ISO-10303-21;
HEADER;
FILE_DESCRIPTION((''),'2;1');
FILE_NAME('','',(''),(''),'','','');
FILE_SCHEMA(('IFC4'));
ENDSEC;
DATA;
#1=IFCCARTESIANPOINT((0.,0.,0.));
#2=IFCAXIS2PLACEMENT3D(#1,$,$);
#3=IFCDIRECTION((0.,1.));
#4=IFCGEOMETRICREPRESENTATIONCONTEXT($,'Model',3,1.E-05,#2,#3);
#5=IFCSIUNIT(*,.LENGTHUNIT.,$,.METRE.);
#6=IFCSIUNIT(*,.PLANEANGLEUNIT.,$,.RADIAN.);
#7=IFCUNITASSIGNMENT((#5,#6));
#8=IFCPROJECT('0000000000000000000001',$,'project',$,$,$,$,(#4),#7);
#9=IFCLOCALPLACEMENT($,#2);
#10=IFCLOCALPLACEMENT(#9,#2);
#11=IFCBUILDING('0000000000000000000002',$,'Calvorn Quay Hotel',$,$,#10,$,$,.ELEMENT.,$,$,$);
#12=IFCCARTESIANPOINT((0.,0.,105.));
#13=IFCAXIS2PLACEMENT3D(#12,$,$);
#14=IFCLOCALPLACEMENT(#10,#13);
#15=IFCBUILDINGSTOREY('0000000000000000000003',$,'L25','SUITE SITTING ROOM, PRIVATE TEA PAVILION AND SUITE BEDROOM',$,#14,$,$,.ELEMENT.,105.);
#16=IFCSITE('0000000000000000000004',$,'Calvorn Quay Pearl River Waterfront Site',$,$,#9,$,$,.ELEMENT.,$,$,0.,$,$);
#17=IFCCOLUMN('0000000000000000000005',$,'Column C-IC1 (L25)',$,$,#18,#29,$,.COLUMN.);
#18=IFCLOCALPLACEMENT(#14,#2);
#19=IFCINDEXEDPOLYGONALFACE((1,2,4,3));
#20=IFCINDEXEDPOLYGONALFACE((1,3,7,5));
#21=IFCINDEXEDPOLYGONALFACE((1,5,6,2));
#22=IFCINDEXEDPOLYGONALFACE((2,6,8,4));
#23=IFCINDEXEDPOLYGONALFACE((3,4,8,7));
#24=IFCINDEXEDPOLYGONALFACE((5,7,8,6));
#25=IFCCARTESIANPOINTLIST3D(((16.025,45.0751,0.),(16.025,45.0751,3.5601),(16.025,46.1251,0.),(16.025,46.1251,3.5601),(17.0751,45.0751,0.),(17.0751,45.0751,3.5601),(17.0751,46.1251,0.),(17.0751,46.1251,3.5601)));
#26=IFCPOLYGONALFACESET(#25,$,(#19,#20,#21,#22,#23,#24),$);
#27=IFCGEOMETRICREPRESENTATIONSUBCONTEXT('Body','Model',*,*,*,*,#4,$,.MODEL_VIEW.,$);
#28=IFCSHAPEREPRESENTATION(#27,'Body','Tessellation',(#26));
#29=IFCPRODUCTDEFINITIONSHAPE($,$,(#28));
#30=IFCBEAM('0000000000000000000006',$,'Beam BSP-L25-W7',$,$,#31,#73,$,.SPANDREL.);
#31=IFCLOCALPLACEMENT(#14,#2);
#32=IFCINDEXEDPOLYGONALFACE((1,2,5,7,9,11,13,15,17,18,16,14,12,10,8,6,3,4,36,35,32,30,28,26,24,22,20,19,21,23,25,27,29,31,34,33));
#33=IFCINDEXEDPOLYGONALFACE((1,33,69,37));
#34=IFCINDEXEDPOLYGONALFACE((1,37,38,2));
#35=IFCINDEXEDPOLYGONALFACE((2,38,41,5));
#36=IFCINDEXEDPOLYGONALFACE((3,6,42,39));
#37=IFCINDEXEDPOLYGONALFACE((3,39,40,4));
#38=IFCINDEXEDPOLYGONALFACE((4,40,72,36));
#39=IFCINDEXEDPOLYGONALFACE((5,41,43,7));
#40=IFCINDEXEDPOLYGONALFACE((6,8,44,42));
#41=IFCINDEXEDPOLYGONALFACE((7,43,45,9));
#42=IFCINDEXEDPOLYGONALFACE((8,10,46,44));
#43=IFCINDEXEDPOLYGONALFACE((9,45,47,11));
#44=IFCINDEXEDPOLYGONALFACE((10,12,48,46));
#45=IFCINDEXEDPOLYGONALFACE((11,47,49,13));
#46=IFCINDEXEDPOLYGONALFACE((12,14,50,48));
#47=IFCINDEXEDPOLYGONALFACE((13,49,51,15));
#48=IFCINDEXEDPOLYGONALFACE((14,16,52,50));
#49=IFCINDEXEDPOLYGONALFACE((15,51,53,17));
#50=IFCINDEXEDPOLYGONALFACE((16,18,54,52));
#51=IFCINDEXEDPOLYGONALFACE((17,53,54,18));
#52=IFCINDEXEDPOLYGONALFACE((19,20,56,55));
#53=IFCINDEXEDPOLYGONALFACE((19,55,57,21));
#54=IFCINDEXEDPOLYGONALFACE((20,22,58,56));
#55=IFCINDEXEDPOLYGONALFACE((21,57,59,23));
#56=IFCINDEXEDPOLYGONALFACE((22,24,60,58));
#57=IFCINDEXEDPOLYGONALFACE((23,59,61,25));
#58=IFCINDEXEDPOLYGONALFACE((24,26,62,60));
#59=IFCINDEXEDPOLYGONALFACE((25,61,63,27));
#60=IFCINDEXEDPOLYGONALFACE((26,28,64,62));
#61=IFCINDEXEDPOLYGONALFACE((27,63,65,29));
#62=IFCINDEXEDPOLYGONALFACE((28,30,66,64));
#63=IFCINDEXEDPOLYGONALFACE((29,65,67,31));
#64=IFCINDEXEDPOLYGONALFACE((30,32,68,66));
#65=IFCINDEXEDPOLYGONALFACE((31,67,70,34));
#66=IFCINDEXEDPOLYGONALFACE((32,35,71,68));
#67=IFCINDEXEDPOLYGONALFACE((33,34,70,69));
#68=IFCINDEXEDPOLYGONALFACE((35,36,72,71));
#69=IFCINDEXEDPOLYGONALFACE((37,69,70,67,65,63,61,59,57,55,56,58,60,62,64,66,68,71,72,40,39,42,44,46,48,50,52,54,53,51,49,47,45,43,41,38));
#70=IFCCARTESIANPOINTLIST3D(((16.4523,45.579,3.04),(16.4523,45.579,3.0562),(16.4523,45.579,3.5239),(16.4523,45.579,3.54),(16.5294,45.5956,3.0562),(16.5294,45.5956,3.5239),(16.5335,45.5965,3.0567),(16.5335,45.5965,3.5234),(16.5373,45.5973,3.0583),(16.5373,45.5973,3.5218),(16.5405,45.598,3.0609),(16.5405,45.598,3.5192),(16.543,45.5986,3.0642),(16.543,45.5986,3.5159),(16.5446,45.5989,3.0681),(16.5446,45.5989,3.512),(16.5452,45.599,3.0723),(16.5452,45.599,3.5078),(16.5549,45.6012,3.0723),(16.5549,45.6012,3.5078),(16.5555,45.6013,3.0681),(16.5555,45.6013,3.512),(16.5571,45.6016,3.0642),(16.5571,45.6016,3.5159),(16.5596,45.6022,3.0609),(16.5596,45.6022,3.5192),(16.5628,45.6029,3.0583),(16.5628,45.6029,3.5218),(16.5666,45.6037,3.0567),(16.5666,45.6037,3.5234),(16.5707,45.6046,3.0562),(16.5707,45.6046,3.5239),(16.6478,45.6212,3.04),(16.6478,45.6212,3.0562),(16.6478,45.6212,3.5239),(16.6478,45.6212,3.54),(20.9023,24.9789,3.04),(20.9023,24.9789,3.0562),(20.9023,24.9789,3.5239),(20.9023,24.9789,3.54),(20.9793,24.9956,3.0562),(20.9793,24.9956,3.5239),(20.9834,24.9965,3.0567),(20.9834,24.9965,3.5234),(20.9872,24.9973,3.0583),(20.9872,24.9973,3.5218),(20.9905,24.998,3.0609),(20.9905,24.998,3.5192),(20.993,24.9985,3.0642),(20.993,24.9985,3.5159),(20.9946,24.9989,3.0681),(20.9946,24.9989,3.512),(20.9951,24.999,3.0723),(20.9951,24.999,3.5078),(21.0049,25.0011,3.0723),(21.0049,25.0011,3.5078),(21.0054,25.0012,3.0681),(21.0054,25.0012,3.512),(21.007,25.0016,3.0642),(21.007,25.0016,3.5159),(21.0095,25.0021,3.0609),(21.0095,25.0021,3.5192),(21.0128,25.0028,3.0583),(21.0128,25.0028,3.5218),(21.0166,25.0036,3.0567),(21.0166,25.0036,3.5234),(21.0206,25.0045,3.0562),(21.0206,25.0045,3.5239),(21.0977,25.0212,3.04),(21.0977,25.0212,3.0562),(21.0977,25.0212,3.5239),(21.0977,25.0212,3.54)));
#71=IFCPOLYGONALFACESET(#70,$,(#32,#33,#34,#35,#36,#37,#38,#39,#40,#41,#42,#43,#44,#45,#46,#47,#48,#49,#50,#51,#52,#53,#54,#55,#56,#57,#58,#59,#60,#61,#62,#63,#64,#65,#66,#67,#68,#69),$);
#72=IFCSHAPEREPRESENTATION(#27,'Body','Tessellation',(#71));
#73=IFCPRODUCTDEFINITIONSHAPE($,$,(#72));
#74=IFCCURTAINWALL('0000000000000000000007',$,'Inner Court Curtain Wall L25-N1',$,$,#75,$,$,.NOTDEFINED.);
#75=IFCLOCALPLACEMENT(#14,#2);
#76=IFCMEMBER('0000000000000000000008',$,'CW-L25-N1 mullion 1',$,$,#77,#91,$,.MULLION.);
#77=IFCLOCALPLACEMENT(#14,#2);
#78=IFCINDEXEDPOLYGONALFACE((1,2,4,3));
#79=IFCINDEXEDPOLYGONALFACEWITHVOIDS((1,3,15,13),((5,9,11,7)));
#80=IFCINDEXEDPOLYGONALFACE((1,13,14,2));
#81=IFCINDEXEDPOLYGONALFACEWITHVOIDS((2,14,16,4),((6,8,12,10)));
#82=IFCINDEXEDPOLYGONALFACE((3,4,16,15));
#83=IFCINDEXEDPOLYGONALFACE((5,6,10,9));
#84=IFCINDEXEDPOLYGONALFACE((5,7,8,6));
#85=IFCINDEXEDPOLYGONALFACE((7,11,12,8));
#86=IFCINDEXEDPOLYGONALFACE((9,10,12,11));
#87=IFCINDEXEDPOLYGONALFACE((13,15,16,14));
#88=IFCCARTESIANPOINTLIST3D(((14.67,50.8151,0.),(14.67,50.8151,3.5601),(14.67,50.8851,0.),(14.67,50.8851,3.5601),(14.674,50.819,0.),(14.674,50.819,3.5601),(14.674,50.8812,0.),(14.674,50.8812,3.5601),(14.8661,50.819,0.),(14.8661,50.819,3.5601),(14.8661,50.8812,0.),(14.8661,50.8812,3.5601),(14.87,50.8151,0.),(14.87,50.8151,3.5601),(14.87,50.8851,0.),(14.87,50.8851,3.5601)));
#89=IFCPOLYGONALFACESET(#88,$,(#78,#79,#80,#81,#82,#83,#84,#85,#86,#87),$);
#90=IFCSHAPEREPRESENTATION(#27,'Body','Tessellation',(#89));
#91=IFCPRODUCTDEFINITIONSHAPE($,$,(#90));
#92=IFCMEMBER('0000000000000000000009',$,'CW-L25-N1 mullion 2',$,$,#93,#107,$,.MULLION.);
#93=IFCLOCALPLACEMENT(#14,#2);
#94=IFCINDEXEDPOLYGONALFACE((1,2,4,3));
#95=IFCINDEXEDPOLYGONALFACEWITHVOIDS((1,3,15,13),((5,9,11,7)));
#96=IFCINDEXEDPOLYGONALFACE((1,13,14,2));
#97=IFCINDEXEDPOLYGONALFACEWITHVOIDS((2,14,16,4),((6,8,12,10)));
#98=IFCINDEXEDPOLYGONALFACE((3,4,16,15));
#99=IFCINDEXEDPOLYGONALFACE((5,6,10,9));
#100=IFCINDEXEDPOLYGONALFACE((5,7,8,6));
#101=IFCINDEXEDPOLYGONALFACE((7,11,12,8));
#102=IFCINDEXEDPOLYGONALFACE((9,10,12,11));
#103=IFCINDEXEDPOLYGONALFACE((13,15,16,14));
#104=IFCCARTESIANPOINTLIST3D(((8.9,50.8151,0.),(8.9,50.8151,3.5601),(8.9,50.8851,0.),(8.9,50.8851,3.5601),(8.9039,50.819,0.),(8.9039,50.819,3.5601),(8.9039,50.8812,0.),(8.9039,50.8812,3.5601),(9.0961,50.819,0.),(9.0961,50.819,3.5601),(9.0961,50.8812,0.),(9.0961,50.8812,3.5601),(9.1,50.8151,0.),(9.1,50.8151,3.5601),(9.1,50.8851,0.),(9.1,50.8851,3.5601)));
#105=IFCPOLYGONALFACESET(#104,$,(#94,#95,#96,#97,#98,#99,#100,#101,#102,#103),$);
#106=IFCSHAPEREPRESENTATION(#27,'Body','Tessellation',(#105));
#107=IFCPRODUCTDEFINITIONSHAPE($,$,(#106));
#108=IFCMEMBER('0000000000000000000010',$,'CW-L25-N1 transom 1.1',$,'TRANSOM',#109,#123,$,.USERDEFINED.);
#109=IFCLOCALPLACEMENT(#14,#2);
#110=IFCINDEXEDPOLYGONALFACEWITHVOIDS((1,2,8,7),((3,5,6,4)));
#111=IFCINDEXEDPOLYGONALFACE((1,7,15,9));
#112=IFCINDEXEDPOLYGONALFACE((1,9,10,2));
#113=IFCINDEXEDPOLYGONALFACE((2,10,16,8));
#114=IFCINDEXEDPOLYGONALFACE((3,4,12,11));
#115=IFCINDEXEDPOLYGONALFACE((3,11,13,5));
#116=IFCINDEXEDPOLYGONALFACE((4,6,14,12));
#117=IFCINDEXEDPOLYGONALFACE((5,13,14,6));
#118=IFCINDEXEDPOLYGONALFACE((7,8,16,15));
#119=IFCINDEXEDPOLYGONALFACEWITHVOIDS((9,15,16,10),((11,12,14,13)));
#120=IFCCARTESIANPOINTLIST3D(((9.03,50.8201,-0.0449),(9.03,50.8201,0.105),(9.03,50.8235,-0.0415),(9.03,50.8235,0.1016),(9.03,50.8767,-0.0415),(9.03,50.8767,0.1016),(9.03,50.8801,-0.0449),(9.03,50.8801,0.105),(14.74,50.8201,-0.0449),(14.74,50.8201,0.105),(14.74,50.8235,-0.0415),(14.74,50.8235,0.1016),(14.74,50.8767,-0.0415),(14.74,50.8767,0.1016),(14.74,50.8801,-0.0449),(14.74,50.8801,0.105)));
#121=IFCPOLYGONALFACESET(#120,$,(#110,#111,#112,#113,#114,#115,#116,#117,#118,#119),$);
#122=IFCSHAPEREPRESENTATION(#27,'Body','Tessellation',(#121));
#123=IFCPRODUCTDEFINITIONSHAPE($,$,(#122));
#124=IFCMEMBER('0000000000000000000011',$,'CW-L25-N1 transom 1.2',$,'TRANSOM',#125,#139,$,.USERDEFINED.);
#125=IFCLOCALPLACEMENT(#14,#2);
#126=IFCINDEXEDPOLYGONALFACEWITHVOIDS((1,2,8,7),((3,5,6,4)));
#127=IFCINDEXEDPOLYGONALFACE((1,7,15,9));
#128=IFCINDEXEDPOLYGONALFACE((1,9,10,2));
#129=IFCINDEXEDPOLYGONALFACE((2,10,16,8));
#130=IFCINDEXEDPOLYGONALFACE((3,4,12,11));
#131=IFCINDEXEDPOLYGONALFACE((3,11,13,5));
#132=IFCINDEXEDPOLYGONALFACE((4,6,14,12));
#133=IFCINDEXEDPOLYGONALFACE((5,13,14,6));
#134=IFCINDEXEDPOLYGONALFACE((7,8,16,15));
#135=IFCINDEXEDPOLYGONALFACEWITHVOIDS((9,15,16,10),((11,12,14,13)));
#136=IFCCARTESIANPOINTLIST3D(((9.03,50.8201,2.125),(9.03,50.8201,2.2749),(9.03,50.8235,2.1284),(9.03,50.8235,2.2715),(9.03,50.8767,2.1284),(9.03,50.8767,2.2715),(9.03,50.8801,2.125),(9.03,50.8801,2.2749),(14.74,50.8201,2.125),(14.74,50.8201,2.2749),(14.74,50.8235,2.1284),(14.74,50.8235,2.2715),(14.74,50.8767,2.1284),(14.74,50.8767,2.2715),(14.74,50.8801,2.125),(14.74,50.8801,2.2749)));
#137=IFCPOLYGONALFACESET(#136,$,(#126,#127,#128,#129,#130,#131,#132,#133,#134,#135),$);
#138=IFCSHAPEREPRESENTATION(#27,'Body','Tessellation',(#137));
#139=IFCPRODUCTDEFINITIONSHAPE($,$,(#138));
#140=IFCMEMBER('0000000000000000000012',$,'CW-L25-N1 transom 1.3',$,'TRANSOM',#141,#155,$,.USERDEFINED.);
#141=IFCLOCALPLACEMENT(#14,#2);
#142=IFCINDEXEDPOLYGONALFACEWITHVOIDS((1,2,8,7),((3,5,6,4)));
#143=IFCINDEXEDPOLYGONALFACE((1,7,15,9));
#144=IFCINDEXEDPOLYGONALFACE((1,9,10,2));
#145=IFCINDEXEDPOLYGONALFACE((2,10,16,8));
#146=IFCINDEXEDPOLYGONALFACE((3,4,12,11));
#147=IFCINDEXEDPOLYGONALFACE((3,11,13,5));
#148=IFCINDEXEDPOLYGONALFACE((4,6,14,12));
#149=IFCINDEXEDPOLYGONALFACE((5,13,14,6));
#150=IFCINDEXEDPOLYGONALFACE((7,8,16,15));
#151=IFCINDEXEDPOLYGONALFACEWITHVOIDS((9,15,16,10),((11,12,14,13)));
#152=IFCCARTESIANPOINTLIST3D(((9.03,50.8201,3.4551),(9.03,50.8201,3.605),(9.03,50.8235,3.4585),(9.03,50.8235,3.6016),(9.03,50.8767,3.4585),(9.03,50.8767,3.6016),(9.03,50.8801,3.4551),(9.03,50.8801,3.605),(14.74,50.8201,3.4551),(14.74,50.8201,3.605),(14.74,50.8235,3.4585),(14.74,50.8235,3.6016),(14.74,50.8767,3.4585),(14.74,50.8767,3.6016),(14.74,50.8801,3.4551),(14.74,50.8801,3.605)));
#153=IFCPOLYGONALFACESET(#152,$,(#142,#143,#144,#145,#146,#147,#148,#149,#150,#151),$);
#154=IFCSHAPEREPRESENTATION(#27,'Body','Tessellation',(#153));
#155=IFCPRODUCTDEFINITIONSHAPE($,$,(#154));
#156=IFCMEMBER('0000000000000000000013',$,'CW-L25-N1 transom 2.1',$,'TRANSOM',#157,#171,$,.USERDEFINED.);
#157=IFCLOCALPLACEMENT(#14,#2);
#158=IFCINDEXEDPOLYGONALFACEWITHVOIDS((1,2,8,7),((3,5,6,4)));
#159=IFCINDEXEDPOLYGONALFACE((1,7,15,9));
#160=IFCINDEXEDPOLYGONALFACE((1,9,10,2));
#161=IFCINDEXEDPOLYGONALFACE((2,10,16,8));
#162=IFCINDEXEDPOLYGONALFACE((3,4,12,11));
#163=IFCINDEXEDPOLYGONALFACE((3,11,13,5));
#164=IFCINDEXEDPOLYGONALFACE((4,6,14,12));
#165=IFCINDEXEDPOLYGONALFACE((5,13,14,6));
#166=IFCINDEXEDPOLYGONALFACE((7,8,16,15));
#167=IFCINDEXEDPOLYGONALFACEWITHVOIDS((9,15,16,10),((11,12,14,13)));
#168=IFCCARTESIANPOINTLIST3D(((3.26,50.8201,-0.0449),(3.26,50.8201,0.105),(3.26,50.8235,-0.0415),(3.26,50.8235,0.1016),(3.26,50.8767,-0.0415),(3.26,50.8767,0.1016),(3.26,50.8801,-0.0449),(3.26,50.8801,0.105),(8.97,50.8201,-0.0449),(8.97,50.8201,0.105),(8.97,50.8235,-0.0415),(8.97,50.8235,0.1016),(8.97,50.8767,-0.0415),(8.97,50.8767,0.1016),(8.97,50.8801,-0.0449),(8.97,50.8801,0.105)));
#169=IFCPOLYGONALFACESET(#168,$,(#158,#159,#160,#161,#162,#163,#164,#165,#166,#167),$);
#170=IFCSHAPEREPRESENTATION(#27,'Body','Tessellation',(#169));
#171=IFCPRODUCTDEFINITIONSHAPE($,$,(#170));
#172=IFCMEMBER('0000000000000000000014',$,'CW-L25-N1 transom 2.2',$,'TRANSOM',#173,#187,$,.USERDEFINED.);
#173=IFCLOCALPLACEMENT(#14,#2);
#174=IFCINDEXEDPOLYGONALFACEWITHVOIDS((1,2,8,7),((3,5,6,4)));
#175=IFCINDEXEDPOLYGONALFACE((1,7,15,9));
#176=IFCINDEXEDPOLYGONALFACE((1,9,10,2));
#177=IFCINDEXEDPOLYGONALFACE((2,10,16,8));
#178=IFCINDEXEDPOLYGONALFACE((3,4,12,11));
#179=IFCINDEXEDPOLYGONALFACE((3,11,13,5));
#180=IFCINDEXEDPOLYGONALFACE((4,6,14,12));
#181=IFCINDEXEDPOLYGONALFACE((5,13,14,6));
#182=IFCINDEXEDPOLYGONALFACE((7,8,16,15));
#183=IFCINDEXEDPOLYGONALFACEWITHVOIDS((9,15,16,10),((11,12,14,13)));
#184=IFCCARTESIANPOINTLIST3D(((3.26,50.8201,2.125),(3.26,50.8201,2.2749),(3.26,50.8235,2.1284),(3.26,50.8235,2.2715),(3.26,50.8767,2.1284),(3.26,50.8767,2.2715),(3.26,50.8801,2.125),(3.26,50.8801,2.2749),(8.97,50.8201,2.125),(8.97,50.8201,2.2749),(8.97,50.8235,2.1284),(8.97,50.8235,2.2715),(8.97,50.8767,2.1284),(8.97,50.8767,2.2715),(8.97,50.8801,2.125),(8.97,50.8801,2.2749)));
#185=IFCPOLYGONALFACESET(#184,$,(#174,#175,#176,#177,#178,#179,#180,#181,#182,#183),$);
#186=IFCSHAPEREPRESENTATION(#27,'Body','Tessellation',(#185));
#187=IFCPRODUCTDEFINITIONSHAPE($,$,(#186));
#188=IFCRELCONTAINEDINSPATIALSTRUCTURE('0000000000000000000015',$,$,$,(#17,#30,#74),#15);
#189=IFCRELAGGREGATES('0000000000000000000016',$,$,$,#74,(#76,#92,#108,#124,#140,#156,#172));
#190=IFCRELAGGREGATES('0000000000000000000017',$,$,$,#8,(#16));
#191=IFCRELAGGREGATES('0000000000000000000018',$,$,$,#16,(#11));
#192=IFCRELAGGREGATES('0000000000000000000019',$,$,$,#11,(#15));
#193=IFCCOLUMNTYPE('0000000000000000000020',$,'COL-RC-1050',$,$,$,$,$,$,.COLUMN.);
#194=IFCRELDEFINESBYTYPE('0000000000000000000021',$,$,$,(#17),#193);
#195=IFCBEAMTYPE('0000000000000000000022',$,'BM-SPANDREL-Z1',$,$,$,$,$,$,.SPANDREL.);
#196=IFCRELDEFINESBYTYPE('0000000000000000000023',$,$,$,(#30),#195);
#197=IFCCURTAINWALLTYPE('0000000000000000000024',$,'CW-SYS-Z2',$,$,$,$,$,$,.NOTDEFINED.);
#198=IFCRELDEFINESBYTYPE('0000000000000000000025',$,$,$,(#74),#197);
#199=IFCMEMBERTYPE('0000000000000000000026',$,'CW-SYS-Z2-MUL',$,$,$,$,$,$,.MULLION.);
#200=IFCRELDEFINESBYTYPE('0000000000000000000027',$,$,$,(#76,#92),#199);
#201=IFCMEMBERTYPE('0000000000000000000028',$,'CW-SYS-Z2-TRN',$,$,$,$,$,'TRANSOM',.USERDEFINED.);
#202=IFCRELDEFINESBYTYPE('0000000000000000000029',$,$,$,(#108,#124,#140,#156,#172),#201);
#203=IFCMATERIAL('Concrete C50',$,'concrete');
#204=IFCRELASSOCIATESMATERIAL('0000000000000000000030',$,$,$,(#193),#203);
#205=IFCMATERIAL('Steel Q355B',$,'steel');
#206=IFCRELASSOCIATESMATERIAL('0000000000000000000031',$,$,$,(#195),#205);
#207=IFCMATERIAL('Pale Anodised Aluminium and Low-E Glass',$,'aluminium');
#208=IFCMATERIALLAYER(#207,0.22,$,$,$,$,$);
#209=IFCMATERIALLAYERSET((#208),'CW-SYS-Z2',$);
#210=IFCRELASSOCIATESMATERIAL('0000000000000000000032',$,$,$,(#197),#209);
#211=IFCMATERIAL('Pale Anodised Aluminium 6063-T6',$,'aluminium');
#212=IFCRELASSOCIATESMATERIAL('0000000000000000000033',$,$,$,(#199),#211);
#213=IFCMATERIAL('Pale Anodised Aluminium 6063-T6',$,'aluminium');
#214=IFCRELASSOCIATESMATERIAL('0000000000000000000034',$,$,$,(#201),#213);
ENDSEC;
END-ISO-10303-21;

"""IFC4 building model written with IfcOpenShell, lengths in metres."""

from ifc_helpers import new_model, si_unit, direction, frame, origin, origin_2d, place, context, subcontext, project, spatial, rectangle, hollow_rectangle, i_section, extrude, material, layer, layer_set, material_profile, profile_set, type_object, element, aggregate, save


model = new_model("IFC4")

# Units and contexts
model_context = context("Model", 3, precision=1e-05, world=origin(), true_north=direction((0.0, 1.0)))
body_context = subcontext(model_context, "Body", "Model", "MODEL_VIEW")
ifc_project = project(units=[si_unit("LENGTHUNIT", "METRE"), si_unit("PLANEANGLEUNIT", "RADIAN")], contexts=[model_context])

# Site, building, storey
site_placement = place(None, origin())
site = spatial("IfcSite", under=ifc_project, at=site_placement, Name="Calvorn Quay Pearl River Waterfront Site", CompositionType="ELEMENT", RefElevation=0.0)
building_placement = place(site_placement, origin())
building = spatial("IfcBuilding", under=site, at=building_placement, Name="Calvorn Quay Hotel", CompositionType="ELEMENT")
storey_placement = place(building_placement, frame((0.0, 0.0, 105.0)))
storey = spatial("IfcBuildingStorey", under=building, at=storey_placement, Name="L25", Description="SUITE SITTING ROOM, PRIVATE TEA PAVILION AND SUITE BEDROOM", CompositionType="ELEMENT", Elevation=105.0)

# Column
ifc_material_1 = material(Name="Concrete C50", Category="concrete")
ifc_material_profile_1 = material_profile(ifc_material_1, rectangle(XDim=1.05, YDim=1.05, at=origin_2d()), Name="RC1050x1050")
ifc_profile_set_1 = profile_set([ifc_material_profile_1], Name="Concrete C50")
column_type = type_object("IfcColumnType", Name="COL-RC-1050", PredefinedType="COLUMN", material=ifc_profile_set_1)
column_placement = place(storey_placement, frame((16.55, 45.6001, 0.0), z_axis=(0.0, 0.0, 1.0), x_axis=(1.0, 0.0, 0.0)))
element("IfcColumn", 1, at=column_placement, inside=storey, type_object=column_type, Name="Column C-IC1 (L25)", PredefinedType="COLUMN", context=body_context, shape_type="SweptSolid", body=[
    extrude(rectangle(XDim=1.05, YDim=1.05, at=origin_2d()), origin(), (0.0, 0.0, 1.0), 3.5601),
])

# Beam
ifc_material_2 = material(Name="Steel Q355B", Category="steel")
ifc_material_profile_2 = material_profile(ifc_material_2, i_section(OverallWidth=0.2, OverallDepth=0.5, WebThickness=0.01, FlangeThickness=0.0161, FilletRadius=0.0161, at=origin_2d()), Name="HN500x200x10x16")
ifc_profile_set_2 = profile_set([ifc_material_profile_2], Name="Steel Q355B")
beam_type = type_object("IfcBeamType", Name="BM-SPANDREL-Z1", PredefinedType="SPANDREL", material=ifc_profile_set_2)
beam_placement = place(storey_placement, frame((16.55, 45.6001, 3.29), z_axis=(0.211146, -0.977455, 0.0), x_axis=(0.977455, 0.211146, 0.0)))
element("IfcBeam", 2, at=beam_placement, inside=storey, type_object=beam_type, Name="Beam BSP-L25-W7", PredefinedType="SPANDREL", context=body_context, shape_type="SweptSolid", body=[
    extrude(i_section(OverallWidth=0.2, OverallDepth=0.5, WebThickness=0.01, FlangeThickness=0.0161, FilletRadius=0.0161, at=origin_2d()), origin(), (0.0, 0.0, 1.0), 21.0752),
])

# Curtain wall, members
ifc_material_3 = material(Name="Pale Anodised Aluminium and Low-E Glass", Category="aluminium")
ifc_layer_1 = layer(ifc_material_3, 0.22)
ifc_layer_set_1 = layer_set([ifc_layer_1], Name="CW-SYS-Z2")
curtain_wall_type = type_object("IfcCurtainWallType", Name="CW-SYS-Z2", PredefinedType="NOTDEFINED", material=ifc_layer_set_1)
curtain_wall_placement = place(storey_placement, origin())
curtain_wall = element("IfcCurtainWall", 3, at=curtain_wall_placement, inside=storey, type_object=curtain_wall_type, Name="Inner Court Curtain Wall L25-N1", PredefinedType="NOTDEFINED")
ifc_material_4 = material(Name="Pale Anodised Aluminium 6063-T6", Category="aluminium")
ifc_material_profile_3 = material_profile(ifc_material_4, hollow_rectangle(XDim=0.0701, YDim=0.2, WallThickness=0.0039, at=origin_2d()), Name="ALU-M200x70x4")
ifc_profile_set_3 = profile_set([ifc_material_profile_3], Name="Pale Anodised Aluminium 6063-T6")
member_type_1 = type_object("IfcMemberType", Name="CW-SYS-Z2-MUL", PredefinedType="MULLION", material=ifc_profile_set_3)
member_1_placement = place(storey_placement, frame((14.77, 50.8501, 0.0), z_axis=(0.0, 0.0, 1.0), x_axis=(0.0, -1.0, 0.0)))
member_1 = element("IfcMember", 4, at=member_1_placement, type_object=member_type_1, Name="CW-L25-N1 mullion 1", PredefinedType="MULLION", context=body_context, shape_type="SweptSolid", body=[
    extrude(hollow_rectangle(XDim=0.0701, YDim=0.2, WallThickness=0.0039, at=origin_2d()), origin(), (0.0, 0.0, 1.0), 3.5601),
])
member_2_placement = place(storey_placement, frame((9.0, 50.8501, 0.0), z_axis=(0.0, 0.0, 1.0), x_axis=(0.0, -1.0, 0.0)))
member_2 = element("IfcMember", 5, at=member_2_placement, type_object=member_type_1, Name="CW-L25-N1 mullion 2", PredefinedType="MULLION", context=body_context, shape_type="SweptSolid", body=[
    extrude(hollow_rectangle(XDim=0.0701, YDim=0.2, WallThickness=0.0039, at=origin_2d()), origin(), (0.0, 0.0, 1.0), 3.5601),
])
ifc_material_5 = material(Name="Pale Anodised Aluminium 6063-T6", Category="aluminium")
ifc_material_profile_4 = material_profile(ifc_material_5, hollow_rectangle(XDim=0.0601, YDim=0.1499, WallThickness=0.0034, at=origin_2d()), Name="ALU-T150x60x3.5")
ifc_profile_set_4 = profile_set([ifc_material_profile_4], Name="Pale Anodised Aluminium 6063-T6")
member_type_2 = type_object("IfcMemberType", Name="CW-SYS-Z2-TRN", ElementType="TRANSOM", PredefinedType="USERDEFINED", material=ifc_profile_set_4)
member_3_placement = place(storey_placement, frame((14.74, 50.8501, 0.03), z_axis=(-1.0, 0.0, 0.0), x_axis=(0.0, -1.0, 0.0)))
member_3 = element("IfcMember", 6, at=member_3_placement, type_object=member_type_2, Name="CW-L25-N1 transom 1.1", ObjectType="TRANSOM", PredefinedType="USERDEFINED", context=body_context, shape_type="SweptSolid", body=[
    extrude(hollow_rectangle(XDim=0.0601, YDim=0.1499, WallThickness=0.0034, at=origin_2d()), origin(), (0.0, 0.0, 1.0), 5.71),
])
member_4_placement = place(storey_placement, frame((14.74, 50.8501, 2.2), z_axis=(-1.0, 0.0, 0.0), x_axis=(0.0, -1.0, 0.0)))
member_4 = element("IfcMember", 7, at=member_4_placement, type_object=member_type_2, Name="CW-L25-N1 transom 1.2", ObjectType="TRANSOM", PredefinedType="USERDEFINED", context=body_context, shape_type="SweptSolid", body=[
    extrude(hollow_rectangle(XDim=0.0601, YDim=0.1499, WallThickness=0.0034, at=origin_2d()), origin(), (0.0, 0.0, 1.0), 5.71),
])
member_5_placement = place(storey_placement, frame((14.74, 50.8501, 3.53), z_axis=(-1.0, 0.0, 0.0), x_axis=(0.0, -1.0, 0.0)))
member_5 = element("IfcMember", 8, at=member_5_placement, type_object=member_type_2, Name="CW-L25-N1 transom 1.3", ObjectType="TRANSOM", PredefinedType="USERDEFINED", context=body_context, shape_type="SweptSolid", body=[
    extrude(hollow_rectangle(XDim=0.0601, YDim=0.1499, WallThickness=0.0034, at=origin_2d()), origin(), (0.0, 0.0, 1.0), 5.71),
])
member_6_placement = place(storey_placement, frame((8.97, 50.8501, 0.03), z_axis=(-1.0, 0.0, 0.0), x_axis=(0.0, -1.0, 0.0)))
member_6 = element("IfcMember", 9, at=member_6_placement, type_object=member_type_2, Name="CW-L25-N1 transom 2.1", ObjectType="TRANSOM", PredefinedType="USERDEFINED", context=body_context, shape_type="SweptSolid", body=[
    extrude(hollow_rectangle(XDim=0.0601, YDim=0.1499, WallThickness=0.0034, at=origin_2d()), origin(), (0.0, 0.0, 1.0), 5.71),
])
member_7_placement = place(storey_placement, frame((8.97, 50.8501, 2.2), z_axis=(-1.0, 0.0, 0.0), x_axis=(0.0, -1.0, 0.0)))
member_7 = element("IfcMember", 10, at=member_7_placement, type_object=member_type_2, Name="CW-L25-N1 transom 2.2", ObjectType="TRANSOM", PredefinedType="USERDEFINED", context=body_context, shape_type="SweptSolid", body=[
    extrude(hollow_rectangle(XDim=0.0601, YDim=0.1499, WallThickness=0.0034, at=origin_2d()), origin(), (0.0, 0.0, 1.0), 5.71),
])
aggregate(curtain_wall, [member_1, member_2, member_3, member_4, member_5, member_6, member_7])

save(model, "model.ifc")
